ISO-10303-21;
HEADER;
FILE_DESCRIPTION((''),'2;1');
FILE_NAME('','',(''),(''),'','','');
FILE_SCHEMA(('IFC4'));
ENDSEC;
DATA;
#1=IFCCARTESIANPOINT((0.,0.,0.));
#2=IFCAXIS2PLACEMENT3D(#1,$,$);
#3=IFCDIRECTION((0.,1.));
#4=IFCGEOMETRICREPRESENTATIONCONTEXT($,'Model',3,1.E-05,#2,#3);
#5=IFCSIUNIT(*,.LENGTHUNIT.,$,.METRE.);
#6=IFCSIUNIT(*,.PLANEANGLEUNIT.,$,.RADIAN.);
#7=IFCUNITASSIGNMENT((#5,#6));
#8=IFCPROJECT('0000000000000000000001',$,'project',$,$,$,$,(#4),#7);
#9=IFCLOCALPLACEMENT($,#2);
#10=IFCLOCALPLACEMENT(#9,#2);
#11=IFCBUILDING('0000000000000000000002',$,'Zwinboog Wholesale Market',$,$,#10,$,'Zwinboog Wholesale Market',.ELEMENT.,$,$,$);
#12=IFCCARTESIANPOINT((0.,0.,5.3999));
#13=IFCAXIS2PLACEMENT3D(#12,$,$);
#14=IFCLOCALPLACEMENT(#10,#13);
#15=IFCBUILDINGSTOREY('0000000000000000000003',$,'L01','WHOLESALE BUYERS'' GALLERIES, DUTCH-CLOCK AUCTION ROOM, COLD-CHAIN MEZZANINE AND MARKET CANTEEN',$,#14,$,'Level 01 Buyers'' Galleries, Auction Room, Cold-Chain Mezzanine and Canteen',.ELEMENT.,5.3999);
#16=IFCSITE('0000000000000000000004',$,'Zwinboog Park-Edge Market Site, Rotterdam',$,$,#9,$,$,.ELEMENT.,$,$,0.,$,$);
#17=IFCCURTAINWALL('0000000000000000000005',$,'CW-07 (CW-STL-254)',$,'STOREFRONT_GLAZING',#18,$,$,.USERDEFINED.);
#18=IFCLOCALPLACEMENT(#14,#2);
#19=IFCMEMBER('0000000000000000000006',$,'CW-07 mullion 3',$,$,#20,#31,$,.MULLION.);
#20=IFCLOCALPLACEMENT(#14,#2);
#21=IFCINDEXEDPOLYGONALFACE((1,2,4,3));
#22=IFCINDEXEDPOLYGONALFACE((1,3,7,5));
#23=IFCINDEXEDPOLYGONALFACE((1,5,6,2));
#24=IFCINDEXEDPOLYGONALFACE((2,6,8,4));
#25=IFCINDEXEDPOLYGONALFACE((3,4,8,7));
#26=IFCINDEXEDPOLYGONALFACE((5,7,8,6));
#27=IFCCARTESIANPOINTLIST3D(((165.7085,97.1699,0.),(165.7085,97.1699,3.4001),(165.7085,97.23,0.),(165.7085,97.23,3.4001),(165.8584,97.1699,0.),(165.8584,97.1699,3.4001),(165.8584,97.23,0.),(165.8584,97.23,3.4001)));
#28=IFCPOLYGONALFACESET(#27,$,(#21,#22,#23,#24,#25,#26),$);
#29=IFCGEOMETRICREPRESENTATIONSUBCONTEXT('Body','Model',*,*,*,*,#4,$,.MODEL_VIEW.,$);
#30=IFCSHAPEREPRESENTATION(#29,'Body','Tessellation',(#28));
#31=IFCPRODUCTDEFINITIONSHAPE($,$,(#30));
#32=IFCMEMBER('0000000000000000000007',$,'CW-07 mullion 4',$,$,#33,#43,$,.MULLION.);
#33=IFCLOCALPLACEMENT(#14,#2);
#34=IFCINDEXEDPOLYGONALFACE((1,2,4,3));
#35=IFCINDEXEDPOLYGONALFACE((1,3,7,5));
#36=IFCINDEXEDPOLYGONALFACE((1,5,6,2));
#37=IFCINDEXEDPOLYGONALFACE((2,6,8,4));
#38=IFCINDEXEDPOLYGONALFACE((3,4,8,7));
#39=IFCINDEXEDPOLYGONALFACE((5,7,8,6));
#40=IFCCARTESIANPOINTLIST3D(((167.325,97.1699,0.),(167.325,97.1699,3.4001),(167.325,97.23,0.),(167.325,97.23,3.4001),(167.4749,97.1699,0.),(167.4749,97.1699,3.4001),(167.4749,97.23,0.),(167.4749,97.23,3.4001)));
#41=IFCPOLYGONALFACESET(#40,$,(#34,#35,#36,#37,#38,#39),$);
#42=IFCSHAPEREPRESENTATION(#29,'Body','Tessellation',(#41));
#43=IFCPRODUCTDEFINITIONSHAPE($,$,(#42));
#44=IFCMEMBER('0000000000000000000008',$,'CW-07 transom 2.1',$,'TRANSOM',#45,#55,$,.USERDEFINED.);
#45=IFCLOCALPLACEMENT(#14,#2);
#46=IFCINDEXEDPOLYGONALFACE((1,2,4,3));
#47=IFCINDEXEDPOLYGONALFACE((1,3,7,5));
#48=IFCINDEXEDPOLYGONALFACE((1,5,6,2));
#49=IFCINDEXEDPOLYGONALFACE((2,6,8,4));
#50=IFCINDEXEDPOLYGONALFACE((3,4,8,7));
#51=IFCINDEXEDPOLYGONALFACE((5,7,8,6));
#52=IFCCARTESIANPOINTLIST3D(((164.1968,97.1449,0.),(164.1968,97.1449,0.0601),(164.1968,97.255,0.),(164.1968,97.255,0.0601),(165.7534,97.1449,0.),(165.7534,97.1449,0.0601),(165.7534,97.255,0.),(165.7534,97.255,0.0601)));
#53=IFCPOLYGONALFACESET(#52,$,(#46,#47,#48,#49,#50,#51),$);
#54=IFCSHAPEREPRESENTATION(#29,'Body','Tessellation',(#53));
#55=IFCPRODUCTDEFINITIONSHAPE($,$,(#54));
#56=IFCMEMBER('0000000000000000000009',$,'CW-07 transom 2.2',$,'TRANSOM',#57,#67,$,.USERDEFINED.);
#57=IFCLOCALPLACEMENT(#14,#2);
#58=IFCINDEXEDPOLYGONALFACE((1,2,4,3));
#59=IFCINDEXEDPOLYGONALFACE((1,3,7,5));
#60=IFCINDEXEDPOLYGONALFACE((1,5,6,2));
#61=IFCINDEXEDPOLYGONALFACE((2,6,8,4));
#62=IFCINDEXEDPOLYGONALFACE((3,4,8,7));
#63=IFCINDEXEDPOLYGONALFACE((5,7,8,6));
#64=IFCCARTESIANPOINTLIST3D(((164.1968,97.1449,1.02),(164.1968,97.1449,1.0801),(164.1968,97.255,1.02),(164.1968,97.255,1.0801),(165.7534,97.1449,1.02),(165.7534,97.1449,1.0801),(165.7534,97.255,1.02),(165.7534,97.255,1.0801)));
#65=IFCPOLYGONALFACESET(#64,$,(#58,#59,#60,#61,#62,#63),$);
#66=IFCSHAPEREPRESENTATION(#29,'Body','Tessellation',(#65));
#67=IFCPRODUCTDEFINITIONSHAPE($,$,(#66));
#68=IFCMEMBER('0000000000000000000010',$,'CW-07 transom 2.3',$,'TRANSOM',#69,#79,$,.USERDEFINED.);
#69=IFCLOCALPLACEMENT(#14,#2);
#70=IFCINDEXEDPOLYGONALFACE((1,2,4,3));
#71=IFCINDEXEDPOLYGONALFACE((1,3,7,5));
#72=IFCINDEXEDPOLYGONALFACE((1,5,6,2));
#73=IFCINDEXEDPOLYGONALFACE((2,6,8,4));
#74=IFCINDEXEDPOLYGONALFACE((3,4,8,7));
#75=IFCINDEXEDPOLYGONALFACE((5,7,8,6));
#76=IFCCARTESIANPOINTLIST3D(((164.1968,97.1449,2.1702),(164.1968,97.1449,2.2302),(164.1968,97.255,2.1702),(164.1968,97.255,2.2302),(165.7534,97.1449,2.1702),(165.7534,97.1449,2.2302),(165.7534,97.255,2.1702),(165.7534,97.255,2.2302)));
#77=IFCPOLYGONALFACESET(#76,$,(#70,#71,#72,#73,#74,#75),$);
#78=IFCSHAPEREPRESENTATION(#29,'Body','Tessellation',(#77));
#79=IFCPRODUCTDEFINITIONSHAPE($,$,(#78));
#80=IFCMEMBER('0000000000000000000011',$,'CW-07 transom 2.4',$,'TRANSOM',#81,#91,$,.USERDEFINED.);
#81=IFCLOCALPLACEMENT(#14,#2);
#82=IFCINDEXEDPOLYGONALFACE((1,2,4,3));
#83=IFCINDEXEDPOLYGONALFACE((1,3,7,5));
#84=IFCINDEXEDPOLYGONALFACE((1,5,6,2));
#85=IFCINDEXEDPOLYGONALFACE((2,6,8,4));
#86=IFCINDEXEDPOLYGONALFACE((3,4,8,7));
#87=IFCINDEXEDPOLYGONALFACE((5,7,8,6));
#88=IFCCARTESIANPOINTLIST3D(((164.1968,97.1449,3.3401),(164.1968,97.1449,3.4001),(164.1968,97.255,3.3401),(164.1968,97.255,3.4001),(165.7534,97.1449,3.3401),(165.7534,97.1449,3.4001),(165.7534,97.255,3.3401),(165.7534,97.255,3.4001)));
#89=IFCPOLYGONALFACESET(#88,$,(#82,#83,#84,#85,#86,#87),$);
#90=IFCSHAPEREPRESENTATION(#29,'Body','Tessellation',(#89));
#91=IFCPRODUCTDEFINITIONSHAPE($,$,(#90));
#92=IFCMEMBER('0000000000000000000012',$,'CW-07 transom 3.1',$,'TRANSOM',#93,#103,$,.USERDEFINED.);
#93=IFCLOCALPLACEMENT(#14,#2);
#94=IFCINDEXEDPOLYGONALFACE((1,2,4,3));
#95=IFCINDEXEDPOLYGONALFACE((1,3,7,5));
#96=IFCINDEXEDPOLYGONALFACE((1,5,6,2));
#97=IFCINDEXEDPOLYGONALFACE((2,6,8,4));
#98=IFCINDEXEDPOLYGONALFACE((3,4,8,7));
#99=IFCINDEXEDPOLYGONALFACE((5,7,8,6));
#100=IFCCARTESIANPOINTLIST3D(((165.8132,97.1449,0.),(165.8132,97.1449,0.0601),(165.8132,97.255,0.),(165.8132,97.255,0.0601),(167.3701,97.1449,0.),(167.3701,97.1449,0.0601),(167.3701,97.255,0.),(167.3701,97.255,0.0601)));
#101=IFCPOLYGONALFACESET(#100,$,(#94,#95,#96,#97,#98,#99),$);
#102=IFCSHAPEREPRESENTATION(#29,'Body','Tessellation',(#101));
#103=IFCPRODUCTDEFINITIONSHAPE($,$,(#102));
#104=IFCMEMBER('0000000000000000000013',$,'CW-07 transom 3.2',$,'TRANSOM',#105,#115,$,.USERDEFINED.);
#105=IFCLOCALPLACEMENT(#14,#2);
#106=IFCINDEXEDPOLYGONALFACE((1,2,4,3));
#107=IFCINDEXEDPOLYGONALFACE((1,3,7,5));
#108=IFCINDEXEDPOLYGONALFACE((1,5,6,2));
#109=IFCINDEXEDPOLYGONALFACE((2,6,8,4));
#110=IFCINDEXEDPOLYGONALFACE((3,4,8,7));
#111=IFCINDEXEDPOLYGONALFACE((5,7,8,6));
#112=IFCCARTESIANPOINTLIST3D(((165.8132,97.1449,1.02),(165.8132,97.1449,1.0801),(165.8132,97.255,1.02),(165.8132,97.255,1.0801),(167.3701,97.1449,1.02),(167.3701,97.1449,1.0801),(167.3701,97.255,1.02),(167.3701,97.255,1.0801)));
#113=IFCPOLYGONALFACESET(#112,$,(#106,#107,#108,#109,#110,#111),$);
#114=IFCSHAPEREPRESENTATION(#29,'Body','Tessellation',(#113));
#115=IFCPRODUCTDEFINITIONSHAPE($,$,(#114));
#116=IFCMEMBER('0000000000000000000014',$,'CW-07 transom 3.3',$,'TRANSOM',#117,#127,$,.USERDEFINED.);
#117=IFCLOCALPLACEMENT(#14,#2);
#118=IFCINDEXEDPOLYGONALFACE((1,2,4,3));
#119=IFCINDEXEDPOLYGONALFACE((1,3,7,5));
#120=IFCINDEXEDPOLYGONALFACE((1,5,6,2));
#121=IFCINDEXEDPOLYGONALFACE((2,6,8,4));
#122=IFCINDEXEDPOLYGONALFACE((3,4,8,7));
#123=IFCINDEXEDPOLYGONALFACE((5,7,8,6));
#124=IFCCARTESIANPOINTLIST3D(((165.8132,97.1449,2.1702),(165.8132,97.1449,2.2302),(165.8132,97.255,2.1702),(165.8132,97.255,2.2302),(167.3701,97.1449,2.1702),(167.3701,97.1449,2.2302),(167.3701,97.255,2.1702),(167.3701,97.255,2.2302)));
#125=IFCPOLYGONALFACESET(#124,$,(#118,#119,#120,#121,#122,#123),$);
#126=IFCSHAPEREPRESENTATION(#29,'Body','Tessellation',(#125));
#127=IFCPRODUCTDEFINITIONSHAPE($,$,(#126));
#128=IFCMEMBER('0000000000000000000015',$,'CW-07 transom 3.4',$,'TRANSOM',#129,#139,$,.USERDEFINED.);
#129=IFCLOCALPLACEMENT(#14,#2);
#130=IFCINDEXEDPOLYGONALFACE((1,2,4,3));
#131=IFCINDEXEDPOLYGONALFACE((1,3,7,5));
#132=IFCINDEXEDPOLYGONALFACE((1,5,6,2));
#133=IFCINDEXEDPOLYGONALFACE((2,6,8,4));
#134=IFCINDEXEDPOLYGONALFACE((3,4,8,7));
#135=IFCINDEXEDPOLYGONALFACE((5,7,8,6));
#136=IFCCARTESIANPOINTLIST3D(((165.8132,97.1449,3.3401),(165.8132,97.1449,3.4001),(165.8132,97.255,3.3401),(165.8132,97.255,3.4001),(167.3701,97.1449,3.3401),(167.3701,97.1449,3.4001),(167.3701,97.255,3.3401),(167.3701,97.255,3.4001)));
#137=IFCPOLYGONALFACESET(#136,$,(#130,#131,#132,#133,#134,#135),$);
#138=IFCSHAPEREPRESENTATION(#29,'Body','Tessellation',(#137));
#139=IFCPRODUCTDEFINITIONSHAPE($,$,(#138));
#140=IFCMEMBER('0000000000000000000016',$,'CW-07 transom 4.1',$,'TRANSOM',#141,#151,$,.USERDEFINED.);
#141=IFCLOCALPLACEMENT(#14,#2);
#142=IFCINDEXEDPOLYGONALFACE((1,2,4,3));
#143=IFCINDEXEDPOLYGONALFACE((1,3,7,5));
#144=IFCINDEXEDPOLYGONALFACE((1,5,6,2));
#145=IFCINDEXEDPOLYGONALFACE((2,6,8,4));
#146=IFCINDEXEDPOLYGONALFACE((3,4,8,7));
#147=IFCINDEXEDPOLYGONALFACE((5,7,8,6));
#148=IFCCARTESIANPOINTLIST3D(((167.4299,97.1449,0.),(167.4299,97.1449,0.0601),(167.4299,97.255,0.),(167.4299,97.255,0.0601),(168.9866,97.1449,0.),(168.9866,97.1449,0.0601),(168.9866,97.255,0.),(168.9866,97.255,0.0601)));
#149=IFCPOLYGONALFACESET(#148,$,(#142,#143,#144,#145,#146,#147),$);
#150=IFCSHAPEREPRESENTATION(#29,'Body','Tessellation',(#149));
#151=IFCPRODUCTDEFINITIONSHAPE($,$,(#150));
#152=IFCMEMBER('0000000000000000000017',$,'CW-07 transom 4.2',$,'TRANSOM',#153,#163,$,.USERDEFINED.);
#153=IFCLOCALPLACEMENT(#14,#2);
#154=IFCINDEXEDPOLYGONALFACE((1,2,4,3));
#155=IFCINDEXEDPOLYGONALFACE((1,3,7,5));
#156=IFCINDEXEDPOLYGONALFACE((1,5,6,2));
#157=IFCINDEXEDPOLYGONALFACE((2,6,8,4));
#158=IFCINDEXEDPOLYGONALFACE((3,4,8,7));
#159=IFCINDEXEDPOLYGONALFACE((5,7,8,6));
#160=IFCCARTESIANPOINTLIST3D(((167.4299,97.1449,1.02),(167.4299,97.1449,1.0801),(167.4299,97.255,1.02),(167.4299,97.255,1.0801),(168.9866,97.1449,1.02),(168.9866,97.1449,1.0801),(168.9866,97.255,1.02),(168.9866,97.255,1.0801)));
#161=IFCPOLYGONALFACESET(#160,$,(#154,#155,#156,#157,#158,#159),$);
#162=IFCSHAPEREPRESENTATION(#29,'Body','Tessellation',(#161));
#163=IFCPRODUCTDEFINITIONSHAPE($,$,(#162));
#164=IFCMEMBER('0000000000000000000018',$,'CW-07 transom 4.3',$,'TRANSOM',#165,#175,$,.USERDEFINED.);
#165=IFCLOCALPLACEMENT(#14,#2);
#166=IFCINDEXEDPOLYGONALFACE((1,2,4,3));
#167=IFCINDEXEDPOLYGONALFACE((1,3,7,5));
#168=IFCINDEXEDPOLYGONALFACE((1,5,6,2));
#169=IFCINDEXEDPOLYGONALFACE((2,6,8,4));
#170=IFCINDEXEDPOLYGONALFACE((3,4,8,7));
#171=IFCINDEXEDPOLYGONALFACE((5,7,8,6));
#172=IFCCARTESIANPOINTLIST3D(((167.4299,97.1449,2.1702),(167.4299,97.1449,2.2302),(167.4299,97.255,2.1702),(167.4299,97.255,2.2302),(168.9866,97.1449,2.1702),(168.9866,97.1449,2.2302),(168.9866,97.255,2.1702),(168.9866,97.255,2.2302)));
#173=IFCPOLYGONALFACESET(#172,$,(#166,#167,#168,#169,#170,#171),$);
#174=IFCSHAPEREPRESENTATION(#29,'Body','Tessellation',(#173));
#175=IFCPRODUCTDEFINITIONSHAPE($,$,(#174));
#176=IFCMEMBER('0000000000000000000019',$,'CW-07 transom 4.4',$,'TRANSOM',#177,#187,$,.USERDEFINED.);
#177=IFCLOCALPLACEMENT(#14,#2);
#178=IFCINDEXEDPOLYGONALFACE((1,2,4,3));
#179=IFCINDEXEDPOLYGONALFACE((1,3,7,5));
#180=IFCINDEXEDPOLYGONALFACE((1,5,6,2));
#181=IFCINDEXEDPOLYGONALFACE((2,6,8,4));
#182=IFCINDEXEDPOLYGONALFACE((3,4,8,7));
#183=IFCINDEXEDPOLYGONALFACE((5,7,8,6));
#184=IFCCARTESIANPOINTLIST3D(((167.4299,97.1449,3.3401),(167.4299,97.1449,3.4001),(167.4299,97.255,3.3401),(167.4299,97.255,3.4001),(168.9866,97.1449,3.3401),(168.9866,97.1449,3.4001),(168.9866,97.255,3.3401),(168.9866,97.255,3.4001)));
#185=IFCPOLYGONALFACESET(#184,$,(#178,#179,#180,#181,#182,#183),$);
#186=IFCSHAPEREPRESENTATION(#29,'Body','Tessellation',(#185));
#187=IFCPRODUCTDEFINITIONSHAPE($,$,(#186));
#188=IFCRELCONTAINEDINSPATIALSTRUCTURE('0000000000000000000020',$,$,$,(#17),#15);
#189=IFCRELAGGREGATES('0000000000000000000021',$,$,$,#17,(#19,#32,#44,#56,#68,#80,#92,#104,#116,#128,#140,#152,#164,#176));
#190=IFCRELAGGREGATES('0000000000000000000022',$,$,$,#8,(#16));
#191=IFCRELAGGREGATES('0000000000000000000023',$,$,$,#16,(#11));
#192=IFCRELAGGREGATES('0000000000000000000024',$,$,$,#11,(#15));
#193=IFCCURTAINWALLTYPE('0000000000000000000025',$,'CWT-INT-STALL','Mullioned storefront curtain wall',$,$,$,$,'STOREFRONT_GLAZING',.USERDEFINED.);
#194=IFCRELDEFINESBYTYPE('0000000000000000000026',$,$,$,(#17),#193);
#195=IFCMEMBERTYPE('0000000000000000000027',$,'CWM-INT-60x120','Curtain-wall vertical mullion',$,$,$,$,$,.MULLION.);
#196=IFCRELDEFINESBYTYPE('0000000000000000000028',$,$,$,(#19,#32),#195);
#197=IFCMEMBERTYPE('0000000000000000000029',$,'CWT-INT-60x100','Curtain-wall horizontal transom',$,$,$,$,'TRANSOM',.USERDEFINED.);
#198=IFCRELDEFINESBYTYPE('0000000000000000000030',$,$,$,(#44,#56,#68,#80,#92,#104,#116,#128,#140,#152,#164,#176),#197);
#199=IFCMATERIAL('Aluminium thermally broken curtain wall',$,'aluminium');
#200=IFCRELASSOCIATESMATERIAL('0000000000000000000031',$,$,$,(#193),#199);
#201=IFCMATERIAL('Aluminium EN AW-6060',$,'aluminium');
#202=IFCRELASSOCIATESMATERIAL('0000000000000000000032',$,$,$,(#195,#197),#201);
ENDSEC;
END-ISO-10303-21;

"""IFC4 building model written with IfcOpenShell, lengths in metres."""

from ifc_helpers import new_model, si_unit, direction, frame, origin, origin_2d, place, context, subcontext, project, spatial, rectangle, extrude, material, material_profile, profile_set, type_object, element, aggregate, save


model = new_model("IFC4")

# Units and contexts
model_context = context("Model", 3, precision=1e-05, world=origin(), true_north=direction((0.0, 1.0)))
body_context = subcontext(model_context, "Body", "Model", "MODEL_VIEW")
ifc_project = project(units=[si_unit("LENGTHUNIT", "METRE"), si_unit("PLANEANGLEUNIT", "RADIAN")], contexts=[model_context])

# Site, building, storey
site_placement = place(None, origin())
site = spatial("IfcSite", under=ifc_project, at=site_placement, Name="Zwinboog Park-Edge Market Site, Rotterdam", CompositionType="ELEMENT", RefElevation=0.0)
building_placement = place(site_placement, origin())
building = spatial("IfcBuilding", under=site, at=building_placement, Name="Zwinboog Wholesale Market", LongName="Zwinboog Wholesale Market", CompositionType="ELEMENT")
storey_placement = place(building_placement, frame((0.0, 0.0, 5.3999)))
storey = spatial("IfcBuildingStorey", under=building, at=storey_placement, Name="L01", Description="WHOLESALE BUYERS' GALLERIES, DUTCH-CLOCK AUCTION ROOM, COLD-CHAIN MEZZANINE AND MARKET CANTEEN", LongName="Level 01 Buyers' Galleries, Auction Room, Cold-Chain Mezzanine and Canteen", CompositionType="ELEMENT", Elevation=5.3999)

# Curtain wall, members
ifc_material_1 = material(Name="Aluminium thermally broken curtain wall", Category="aluminium")
curtain_wall_type = type_object("IfcCurtainWallType", Name="CWT-INT-STALL", Description="Mullioned storefront curtain wall", ElementType="STOREFRONT_GLAZING", PredefinedType="USERDEFINED", material=ifc_material_1)
curtain_wall_placement = place(storey_placement, origin())
curtain_wall = element("IfcCurtainWall", 1, at=curtain_wall_placement, inside=storey, type_object=curtain_wall_type, Name="CW-07 (CW-STL-254)", ObjectType="STOREFRONT_GLAZING", PredefinedType="USERDEFINED")
ifc_material_2 = material(Name="Aluminium EN AW-6060", Category="aluminium")
ifc_material_profile_1 = material_profile(ifc_material_2, rectangle(XDim=0.0601, YDim=0.1499, at=origin_2d()), Name="AL 60x150")
ifc_profile_set_1 = profile_set([ifc_material_profile_1], Name="Aluminium EN AW-6060")
member_type_1 = type_object("IfcMemberType", Name="CWM-INT-60x120", Description="Curtain-wall vertical mullion", PredefinedType="MULLION", material=ifc_profile_set_1)
member_1_placement = place(storey_placement, frame((165.7834, 97.2, 0.0), z_axis=(0.0, 0.0, 1.0), x_axis=(0.0, 1.0, 0.0)))
member_1 = element("IfcMember", 2, at=member_1_placement, type_object=member_type_1, Name="CW-07 mullion 3", PredefinedType="MULLION", context=body_context, shape_type="SweptSolid", body=[
    extrude(rectangle(XDim=0.0601, YDim=0.1499, at=origin_2d()), origin(), (0.0, 0.0, 1.0), 3.4001),
])
member_2_placement = place(storey_placement, frame((167.3999, 97.2, 0.0), z_axis=(0.0, 0.0, 1.0), x_axis=(0.0, 1.0, 0.0)))
member_2 = element("IfcMember", 3, at=member_2_placement, type_object=member_type_1, Name="CW-07 mullion 4", PredefinedType="MULLION", context=body_context, shape_type="SweptSolid", body=[
    extrude(rectangle(XDim=0.0601, YDim=0.1499, at=origin_2d()), origin(), (0.0, 0.0, 1.0), 3.4001),
])
ifc_material_profile_2 = material_profile(ifc_material_2, rectangle(XDim=0.1101, YDim=0.0601, at=origin_2d()), Name="AL 60x110")
ifc_profile_set_2 = profile_set([ifc_material_profile_2], Name="Aluminium EN AW-6060")
member_type_2 = type_object("IfcMemberType", Name="CWT-INT-60x100", Description="Curtain-wall horizontal transom", ElementType="TRANSOM", PredefinedType="USERDEFINED", material=ifc_profile_set_2)
member_3_placement = place(storey_placement, frame((164.1968, 97.2, 0.03), z_axis=(1.0, 0.0, 0.0), x_axis=(0.0, 1.0, 0.0)))
member_3 = element("IfcMember", 4, at=member_3_placement, type_object=member_type_2, Name="CW-07 transom 2.1", ObjectType="TRANSOM", PredefinedType="USERDEFINED", context=body_context, shape_type="SweptSolid", body=[
    extrude(rectangle(XDim=0.1101, YDim=0.0601, at=origin_2d()), origin(), (0.0, 0.0, 1.0), 1.5566),
])
member_4_placement = place(storey_placement, frame((164.1968, 97.2, 1.05), z_axis=(1.0, 0.0, 0.0), x_axis=(0.0, 1.0, 0.0)))
member_4 = element("IfcMember", 5, at=member_4_placement, type_object=member_type_2, Name="CW-07 transom 2.2", ObjectType="TRANSOM", PredefinedType="USERDEFINED", context=body_context, shape_type="SweptSolid", body=[
    extrude(rectangle(XDim=0.1101, YDim=0.0601, at=origin_2d()), origin(), (0.0, 0.0, 1.0), 1.5566),
])
member_5_placement = place(storey_placement, frame((164.1968, 97.2, 2.2002), z_axis=(1.0, 0.0, 0.0), x_axis=(0.0, 1.0, 0.0)))
member_5 = element("IfcMember", 6, at=member_5_placement, type_object=member_type_2, Name="CW-07 transom 2.3", ObjectType="TRANSOM", PredefinedType="USERDEFINED", context=body_context, shape_type="SweptSolid", body=[
    extrude(rectangle(XDim=0.1101, YDim=0.0601, at=origin_2d()), origin(), (0.0, 0.0, 1.0), 1.5566),
])
member_6_placement = place(storey_placement, frame((164.1968, 97.2, 3.3701), z_axis=(1.0, 0.0, 0.0), x_axis=(0.0, 1.0, 0.0)))
member_6 = element("IfcMember", 7, at=member_6_placement, type_object=member_type_2, Name="CW-07 transom 2.4", ObjectType="TRANSOM", PredefinedType="USERDEFINED", context=body_context, shape_type="SweptSolid", body=[
    extrude(rectangle(XDim=0.1101, YDim=0.0601, at=origin_2d()), origin(), (0.0, 0.0, 1.0), 1.5566),
])
member_7_placement = place(storey_placement, frame((165.8132, 97.2, 0.03), z_axis=(1.0, 0.0, 0.0), x_axis=(0.0, 1.0, 0.0)))
member_7 = element("IfcMember", 8, at=member_7_placement, type_object=member_type_2, Name="CW-07 transom 3.1", ObjectType="TRANSOM", PredefinedType="USERDEFINED", context=body_context, shape_type="SweptSolid", body=[
    extrude(rectangle(XDim=0.1101, YDim=0.0601, at=origin_2d()), origin(), (0.0, 0.0, 1.0), 1.5569),
])
member_8_placement = place(storey_placement, frame((165.8132, 97.2, 1.05), z_axis=(1.0, 0.0, 0.0), x_axis=(0.0, 1.0, 0.0)))
member_8 = element("IfcMember", 9, at=member_8_placement, type_object=member_type_2, Name="CW-07 transom 3.2", ObjectType="TRANSOM", PredefinedType="USERDEFINED", context=body_context, shape_type="SweptSolid", body=[
    extrude(rectangle(XDim=0.1101, YDim=0.0601, at=origin_2d()), origin(), (0.0, 0.0, 1.0), 1.5569),
])
member_9_placement = place(storey_placement, frame((165.8132, 97.2, 2.2002), z_axis=(1.0, 0.0, 0.0), x_axis=(0.0, 1.0, 0.0)))
member_9 = element("IfcMember", 10, at=member_9_placement, type_object=member_type_2, Name="CW-07 transom 3.3", ObjectType="TRANSOM", PredefinedType="USERDEFINED", context=body_context, shape_type="SweptSolid", body=[
    extrude(rectangle(XDim=0.1101, YDim=0.0601, at=origin_2d()), origin(), (0.0, 0.0, 1.0), 1.5569),
])
member_10_placement = place(storey_placement, frame((165.8132, 97.2, 3.3701), z_axis=(1.0, 0.0, 0.0), x_axis=(0.0, 1.0, 0.0)))
member_10 = element("IfcMember", 11, at=member_10_placement, type_object=member_type_2, Name="CW-07 transom 3.4", ObjectType="TRANSOM", PredefinedType="USERDEFINED", context=body_context, shape_type="SweptSolid", body=[
    extrude(rectangle(XDim=0.1101, YDim=0.0601, at=origin_2d()), origin(), (0.0, 0.0, 1.0), 1.5569),
])
member_11_placement = place(storey_placement, frame((167.4299, 97.2, 0.03), z_axis=(1.0, 0.0, 0.0), x_axis=(0.0, 1.0, 0.0)))
member_11 = element("IfcMember", 12, at=member_11_placement, type_object=member_type_2, Name="CW-07 transom 4.1", ObjectType="TRANSOM", PredefinedType="USERDEFINED", context=body_context, shape_type="SweptSolid", body=[
    extrude(rectangle(XDim=0.1101, YDim=0.0601, at=origin_2d()), origin(), (0.0, 0.0, 1.0), 1.5566),
])
member_12_placement = place(storey_placement, frame((167.4299, 97.2, 1.05), z_axis=(1.0, 0.0, 0.0), x_axis=(0.0, 1.0, 0.0)))
member_12 = element("IfcMember", 13, at=member_12_placement, type_object=member_type_2, Name="CW-07 transom 4.2", ObjectType="TRANSOM", PredefinedType="USERDEFINED", context=body_context, shape_type="SweptSolid", body=[
    extrude(rectangle(XDim=0.1101, YDim=0.0601, at=origin_2d()), origin(), (0.0, 0.0, 1.0), 1.5566),
])
member_13_placement = place(storey_placement, frame((167.4299, 97.2, 2.2002), z_axis=(1.0, 0.0, 0.0), x_axis=(0.0, 1.0, 0.0)))
member_13 = element("IfcMember", 14, at=member_13_placement, type_object=member_type_2, Name="CW-07 transom 4.3", ObjectType="TRANSOM", PredefinedType="USERDEFINED", context=body_context, shape_type="SweptSolid", body=[
    extrude(rectangle(XDim=0.1101, YDim=0.0601, at=origin_2d()), origin(), (0.0, 0.0, 1.0), 1.5566),
])
member_14_placement = place(storey_placement, frame((167.4299, 97.2, 3.3701), z_axis=(1.0, 0.0, 0.0), x_axis=(0.0, 1.0, 0.0)))
member_14 = element("IfcMember", 15, at=member_14_placement, type_object=member_type_2, Name="CW-07 transom 4.4", ObjectType="TRANSOM", PredefinedType="USERDEFINED", context=body_context, shape_type="SweptSolid", body=[
    extrude(rectangle(XDim=0.1101, YDim=0.0601, at=origin_2d()), origin(), (0.0, 0.0, 1.0), 1.5566),
])
aggregate(curtain_wall, [member_1, member_2, member_3, member_4, member_5, member_6, member_7, member_8, member_9, member_10, member_11, member_12, member_13, member_14])

save(model, "model.ifc")
